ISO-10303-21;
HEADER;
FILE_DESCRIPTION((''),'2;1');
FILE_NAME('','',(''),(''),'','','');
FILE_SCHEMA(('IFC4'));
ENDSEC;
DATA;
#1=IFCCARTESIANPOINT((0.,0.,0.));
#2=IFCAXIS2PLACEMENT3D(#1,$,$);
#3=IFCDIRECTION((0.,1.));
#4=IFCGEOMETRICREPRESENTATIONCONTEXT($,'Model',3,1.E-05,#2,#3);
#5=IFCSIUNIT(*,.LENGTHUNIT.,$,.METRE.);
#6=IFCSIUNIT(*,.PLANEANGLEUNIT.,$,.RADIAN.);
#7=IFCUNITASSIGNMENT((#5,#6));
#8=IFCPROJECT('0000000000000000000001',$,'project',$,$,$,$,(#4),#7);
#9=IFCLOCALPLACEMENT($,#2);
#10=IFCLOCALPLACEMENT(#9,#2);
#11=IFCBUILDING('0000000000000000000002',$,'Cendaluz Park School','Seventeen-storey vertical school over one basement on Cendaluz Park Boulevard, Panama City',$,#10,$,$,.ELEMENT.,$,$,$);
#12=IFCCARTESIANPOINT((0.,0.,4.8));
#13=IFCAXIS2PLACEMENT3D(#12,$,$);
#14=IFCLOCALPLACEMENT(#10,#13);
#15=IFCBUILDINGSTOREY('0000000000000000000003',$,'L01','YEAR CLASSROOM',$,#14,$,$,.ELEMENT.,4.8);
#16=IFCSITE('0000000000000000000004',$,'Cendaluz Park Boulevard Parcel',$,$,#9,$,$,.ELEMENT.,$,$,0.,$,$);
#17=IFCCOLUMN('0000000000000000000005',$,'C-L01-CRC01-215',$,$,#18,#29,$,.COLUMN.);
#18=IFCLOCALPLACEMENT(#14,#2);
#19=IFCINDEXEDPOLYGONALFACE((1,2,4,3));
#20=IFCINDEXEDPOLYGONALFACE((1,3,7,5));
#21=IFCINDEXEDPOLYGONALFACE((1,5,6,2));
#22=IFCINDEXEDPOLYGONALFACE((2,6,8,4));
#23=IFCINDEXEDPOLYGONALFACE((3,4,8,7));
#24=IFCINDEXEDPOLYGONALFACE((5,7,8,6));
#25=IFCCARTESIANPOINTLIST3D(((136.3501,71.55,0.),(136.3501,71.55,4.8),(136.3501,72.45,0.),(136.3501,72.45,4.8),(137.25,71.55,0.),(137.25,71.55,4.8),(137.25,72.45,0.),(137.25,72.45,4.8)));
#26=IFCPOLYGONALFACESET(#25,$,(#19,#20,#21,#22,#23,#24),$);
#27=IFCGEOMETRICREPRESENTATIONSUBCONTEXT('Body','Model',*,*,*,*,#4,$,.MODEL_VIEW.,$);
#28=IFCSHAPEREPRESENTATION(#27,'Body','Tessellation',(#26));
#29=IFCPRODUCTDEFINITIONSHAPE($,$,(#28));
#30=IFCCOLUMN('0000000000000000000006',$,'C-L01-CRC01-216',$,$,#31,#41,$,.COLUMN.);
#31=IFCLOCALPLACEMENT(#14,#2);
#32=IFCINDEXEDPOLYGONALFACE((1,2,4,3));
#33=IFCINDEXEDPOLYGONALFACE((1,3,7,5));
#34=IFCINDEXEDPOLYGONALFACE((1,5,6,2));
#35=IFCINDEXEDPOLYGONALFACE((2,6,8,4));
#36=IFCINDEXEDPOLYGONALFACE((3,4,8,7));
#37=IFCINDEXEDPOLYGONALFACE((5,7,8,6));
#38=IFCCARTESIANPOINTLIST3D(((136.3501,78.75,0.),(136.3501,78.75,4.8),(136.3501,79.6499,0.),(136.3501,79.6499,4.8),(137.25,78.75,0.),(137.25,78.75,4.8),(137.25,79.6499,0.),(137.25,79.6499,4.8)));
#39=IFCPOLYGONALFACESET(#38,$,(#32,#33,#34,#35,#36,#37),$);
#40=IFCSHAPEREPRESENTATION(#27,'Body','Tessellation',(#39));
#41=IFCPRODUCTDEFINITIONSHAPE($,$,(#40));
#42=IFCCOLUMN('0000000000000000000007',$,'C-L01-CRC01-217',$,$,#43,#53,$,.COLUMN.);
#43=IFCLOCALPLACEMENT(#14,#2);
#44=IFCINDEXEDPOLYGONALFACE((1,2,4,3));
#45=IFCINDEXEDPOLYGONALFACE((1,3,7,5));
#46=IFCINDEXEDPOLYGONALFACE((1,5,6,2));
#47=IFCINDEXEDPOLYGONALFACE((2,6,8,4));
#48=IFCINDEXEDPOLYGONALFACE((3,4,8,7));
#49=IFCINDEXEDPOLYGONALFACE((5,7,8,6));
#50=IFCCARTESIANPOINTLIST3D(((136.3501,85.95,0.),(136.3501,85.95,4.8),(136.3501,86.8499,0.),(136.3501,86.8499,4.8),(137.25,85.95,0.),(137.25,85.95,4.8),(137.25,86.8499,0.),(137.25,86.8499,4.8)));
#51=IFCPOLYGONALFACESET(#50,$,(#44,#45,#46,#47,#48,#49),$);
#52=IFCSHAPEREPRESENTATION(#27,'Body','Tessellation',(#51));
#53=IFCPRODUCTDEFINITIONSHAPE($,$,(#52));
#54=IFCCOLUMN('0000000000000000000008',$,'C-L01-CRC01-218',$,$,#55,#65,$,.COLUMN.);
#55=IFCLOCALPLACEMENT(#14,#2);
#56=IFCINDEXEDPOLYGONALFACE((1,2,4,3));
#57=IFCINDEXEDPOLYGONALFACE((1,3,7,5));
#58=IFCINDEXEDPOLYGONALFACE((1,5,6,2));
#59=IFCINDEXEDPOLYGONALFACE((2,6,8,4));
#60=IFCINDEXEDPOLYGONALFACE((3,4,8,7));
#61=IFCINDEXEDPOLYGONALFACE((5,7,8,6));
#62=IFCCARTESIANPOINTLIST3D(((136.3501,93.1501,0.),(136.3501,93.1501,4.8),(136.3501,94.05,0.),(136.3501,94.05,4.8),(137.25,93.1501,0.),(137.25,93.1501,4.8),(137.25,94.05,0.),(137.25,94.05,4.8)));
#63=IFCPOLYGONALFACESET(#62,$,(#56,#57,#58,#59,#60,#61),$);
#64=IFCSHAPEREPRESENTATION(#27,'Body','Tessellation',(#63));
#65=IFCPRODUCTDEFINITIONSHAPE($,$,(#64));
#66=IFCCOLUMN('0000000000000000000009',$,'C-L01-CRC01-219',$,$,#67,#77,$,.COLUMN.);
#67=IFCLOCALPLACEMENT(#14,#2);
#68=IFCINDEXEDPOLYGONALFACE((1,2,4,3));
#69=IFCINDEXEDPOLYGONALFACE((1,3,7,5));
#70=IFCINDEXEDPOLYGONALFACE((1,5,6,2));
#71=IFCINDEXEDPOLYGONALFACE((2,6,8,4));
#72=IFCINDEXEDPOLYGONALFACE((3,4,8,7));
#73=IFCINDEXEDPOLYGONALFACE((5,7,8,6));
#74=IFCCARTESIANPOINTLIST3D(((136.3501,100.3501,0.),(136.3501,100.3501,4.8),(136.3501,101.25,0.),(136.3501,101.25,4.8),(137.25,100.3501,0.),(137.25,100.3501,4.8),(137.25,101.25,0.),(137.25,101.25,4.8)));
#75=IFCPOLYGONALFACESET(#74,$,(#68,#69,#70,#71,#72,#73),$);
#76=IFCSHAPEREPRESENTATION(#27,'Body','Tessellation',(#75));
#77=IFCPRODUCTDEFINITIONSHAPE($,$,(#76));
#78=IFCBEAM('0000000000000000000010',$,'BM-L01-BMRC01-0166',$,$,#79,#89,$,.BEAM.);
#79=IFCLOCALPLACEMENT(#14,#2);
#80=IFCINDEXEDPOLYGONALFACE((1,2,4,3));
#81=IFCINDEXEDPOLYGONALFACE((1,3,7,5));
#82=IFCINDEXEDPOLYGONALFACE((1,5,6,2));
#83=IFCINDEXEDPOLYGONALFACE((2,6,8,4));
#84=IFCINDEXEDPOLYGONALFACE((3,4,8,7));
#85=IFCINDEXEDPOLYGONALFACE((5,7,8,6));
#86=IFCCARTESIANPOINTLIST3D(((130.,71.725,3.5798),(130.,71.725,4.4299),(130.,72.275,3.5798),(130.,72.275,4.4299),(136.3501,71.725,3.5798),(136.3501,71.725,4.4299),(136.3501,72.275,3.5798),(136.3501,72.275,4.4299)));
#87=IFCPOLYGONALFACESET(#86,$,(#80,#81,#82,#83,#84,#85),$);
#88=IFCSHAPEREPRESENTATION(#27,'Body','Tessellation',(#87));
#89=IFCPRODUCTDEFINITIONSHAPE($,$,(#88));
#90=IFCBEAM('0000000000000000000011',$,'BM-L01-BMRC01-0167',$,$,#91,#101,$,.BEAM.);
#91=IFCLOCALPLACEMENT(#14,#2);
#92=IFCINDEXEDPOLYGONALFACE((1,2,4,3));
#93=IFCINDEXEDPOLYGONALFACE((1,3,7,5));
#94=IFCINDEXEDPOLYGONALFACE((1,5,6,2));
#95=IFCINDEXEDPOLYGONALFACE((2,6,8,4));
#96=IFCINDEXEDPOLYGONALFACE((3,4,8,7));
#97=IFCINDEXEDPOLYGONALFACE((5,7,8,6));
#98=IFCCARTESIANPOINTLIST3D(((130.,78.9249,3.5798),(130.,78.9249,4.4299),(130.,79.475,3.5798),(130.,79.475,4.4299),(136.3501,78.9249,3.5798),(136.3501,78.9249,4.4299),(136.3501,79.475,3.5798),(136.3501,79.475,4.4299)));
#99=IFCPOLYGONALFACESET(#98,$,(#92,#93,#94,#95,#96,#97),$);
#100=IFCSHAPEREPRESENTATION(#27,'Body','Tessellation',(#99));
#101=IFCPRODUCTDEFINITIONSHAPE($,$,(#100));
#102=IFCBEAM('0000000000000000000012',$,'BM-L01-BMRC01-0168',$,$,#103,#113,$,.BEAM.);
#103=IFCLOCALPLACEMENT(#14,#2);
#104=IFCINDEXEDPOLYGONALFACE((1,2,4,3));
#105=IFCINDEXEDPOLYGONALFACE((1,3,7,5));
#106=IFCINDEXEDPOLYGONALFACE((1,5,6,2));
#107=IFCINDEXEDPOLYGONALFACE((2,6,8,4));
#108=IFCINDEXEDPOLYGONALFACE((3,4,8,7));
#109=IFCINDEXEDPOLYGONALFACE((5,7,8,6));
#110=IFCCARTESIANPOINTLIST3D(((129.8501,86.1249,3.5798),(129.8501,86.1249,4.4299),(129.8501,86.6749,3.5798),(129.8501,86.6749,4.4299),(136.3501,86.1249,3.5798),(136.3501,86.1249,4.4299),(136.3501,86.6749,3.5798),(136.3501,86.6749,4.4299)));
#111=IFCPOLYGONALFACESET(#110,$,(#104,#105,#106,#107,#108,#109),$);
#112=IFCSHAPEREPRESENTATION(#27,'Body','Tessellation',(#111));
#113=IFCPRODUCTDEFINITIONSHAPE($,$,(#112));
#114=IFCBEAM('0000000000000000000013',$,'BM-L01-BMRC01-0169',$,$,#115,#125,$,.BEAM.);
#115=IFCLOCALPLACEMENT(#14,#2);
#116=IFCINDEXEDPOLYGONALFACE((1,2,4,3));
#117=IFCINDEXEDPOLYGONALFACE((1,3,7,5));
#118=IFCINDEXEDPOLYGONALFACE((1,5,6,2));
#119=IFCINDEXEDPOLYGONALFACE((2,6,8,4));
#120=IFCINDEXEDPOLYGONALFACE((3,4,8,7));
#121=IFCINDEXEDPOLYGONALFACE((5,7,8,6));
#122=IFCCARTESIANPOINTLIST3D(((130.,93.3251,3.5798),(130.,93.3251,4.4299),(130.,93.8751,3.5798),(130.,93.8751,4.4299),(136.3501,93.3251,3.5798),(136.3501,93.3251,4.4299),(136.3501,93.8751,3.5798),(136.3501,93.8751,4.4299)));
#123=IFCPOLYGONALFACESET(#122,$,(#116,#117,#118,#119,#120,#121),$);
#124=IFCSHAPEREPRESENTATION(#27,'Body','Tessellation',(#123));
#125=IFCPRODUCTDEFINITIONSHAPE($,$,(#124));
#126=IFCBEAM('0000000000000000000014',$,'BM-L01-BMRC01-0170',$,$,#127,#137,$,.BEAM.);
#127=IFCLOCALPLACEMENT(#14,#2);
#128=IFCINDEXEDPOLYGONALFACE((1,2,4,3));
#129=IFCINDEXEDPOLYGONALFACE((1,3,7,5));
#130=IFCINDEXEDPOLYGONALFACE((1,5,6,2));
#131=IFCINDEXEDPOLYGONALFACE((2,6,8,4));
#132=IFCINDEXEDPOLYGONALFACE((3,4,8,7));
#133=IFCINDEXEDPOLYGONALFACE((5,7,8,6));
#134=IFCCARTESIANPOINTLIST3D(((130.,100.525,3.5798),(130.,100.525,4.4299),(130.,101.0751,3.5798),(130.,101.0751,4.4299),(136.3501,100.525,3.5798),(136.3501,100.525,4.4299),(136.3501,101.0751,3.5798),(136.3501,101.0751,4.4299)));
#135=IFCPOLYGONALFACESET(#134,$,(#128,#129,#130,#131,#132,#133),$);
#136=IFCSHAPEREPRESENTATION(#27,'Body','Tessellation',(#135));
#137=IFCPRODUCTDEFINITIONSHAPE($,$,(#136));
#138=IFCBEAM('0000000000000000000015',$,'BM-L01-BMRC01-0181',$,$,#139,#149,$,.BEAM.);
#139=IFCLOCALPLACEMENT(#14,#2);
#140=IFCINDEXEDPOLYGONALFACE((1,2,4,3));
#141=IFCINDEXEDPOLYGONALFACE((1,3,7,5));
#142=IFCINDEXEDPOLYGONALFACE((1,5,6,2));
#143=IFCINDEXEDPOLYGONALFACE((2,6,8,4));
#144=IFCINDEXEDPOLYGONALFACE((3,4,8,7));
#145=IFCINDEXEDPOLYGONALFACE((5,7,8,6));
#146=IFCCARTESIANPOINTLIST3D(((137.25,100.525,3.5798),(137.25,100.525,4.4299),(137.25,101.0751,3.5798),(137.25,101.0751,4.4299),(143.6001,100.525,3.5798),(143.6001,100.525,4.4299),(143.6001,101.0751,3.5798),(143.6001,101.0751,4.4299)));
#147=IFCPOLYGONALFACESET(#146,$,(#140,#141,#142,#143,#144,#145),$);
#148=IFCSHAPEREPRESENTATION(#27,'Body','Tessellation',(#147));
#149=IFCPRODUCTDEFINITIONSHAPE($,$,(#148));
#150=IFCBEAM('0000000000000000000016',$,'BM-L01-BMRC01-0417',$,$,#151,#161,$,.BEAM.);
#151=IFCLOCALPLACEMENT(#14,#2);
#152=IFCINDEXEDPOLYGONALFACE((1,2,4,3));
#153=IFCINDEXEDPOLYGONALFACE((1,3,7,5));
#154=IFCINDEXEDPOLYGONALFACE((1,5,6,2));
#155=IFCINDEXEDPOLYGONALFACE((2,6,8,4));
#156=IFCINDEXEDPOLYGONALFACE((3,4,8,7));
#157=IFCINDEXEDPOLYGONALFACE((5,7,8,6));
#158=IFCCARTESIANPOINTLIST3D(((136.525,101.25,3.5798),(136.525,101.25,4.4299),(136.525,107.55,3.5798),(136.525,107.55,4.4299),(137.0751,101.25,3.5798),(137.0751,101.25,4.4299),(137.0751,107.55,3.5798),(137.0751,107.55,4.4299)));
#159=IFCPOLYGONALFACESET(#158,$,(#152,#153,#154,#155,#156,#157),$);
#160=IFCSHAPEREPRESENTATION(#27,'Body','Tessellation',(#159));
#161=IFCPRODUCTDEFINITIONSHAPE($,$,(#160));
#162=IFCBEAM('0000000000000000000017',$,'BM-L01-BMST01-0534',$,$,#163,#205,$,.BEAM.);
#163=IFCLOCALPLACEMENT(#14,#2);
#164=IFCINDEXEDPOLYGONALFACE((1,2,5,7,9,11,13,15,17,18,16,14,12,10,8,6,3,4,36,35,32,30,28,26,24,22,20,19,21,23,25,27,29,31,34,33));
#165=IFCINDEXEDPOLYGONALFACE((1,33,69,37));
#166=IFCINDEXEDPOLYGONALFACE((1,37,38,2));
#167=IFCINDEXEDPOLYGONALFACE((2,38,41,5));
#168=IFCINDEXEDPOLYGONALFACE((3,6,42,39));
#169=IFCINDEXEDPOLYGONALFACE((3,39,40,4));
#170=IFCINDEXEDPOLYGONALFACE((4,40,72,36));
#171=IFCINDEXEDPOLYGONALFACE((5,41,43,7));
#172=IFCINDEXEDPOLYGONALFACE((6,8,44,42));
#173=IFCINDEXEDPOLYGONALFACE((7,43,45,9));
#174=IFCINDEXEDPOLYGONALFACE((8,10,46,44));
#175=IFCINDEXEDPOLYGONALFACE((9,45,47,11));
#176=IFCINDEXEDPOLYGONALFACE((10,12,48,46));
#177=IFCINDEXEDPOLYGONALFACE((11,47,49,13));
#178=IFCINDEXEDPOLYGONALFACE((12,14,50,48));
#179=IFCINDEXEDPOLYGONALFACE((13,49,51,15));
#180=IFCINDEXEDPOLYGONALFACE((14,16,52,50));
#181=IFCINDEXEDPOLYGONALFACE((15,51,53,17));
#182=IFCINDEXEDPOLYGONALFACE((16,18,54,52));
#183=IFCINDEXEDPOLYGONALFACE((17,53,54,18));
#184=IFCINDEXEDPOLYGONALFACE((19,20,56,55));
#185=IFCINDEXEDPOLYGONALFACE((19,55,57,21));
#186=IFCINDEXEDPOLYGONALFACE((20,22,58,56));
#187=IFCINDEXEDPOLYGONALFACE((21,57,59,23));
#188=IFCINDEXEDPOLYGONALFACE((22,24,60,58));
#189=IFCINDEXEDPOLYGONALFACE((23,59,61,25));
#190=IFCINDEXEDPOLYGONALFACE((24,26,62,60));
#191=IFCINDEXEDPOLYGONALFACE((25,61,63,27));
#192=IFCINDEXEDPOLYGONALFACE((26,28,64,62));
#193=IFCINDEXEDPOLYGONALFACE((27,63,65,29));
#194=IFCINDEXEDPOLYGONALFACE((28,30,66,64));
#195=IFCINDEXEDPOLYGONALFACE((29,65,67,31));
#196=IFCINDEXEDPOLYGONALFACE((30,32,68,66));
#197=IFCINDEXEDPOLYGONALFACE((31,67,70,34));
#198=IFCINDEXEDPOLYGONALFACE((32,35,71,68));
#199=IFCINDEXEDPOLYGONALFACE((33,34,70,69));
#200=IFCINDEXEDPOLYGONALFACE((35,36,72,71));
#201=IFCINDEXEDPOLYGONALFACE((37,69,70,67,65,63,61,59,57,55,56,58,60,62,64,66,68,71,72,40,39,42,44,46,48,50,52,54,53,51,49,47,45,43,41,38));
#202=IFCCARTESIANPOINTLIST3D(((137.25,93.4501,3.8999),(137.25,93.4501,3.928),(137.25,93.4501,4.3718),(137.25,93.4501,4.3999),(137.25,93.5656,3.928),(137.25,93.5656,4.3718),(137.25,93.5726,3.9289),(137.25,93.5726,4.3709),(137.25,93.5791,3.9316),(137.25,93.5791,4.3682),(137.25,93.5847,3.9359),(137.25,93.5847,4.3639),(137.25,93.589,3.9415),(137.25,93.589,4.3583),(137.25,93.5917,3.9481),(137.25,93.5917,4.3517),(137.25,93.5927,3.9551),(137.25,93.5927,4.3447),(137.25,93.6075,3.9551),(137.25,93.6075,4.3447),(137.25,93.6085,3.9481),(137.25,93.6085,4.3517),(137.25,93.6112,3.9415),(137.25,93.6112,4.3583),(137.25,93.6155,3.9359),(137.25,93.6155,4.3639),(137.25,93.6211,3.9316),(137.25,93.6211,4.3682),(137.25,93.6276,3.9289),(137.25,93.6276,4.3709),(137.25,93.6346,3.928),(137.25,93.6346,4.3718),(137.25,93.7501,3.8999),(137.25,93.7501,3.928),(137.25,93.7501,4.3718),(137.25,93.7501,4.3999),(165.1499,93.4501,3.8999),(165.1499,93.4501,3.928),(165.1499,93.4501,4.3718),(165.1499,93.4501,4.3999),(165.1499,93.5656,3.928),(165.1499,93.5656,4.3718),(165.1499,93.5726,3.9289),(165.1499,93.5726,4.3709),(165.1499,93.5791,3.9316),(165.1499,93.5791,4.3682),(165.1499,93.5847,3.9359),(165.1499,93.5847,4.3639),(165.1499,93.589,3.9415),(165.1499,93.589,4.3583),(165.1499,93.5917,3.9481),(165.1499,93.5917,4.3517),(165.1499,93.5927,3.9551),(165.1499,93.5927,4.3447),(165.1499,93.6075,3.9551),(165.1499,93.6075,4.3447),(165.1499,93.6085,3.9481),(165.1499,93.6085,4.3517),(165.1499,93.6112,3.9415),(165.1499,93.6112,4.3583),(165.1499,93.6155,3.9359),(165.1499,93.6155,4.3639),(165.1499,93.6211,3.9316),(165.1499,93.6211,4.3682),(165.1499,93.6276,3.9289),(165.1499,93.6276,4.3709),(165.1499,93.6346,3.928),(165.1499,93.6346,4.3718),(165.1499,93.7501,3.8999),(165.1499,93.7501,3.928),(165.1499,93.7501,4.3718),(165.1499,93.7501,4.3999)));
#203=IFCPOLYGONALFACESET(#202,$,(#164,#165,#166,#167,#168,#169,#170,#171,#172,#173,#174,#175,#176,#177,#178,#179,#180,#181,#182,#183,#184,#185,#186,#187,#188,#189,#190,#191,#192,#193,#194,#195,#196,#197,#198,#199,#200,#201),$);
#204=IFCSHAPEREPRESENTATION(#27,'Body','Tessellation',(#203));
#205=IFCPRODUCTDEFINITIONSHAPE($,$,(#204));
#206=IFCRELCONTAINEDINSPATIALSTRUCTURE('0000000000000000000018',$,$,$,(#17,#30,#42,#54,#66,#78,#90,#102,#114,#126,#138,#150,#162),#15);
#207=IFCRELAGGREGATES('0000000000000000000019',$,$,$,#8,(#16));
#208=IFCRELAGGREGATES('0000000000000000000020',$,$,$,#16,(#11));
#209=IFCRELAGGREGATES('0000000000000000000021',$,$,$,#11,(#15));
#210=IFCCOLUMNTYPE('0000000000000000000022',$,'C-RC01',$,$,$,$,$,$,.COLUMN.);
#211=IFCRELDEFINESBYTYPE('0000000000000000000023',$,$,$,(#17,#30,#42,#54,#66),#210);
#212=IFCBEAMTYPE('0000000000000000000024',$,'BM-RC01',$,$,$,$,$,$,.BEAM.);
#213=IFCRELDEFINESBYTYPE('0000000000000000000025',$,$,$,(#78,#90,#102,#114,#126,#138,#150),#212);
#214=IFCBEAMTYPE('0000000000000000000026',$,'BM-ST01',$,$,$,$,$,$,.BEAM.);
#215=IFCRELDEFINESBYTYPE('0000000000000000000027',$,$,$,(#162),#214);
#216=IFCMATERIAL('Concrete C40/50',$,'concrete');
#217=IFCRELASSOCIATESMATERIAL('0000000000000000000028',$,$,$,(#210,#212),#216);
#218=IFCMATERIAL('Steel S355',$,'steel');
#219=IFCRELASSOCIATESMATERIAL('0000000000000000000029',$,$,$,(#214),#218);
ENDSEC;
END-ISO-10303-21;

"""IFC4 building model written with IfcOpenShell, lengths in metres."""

from ifc_helpers import new_model, si_unit, direction, frame, origin, origin_2d, place, context, subcontext, project, spatial, rectangle, i_section, extrude, material, material_profile, profile_set, type_object, element, save


model = new_model("IFC4")

# Units and contexts
model_context = context("Model", 3, precision=1e-05, world=origin(), true_north=direction((0.0, 1.0)))
body_context = subcontext(model_context, "Body", "Model", "MODEL_VIEW")
ifc_project = project(units=[si_unit("LENGTHUNIT", "METRE"), si_unit("PLANEANGLEUNIT", "RADIAN")], contexts=[model_context])

# Site, building, storey
site_placement = place(None, origin())
site = spatial("IfcSite", under=ifc_project, at=site_placement, Name="Cendaluz Park Boulevard Parcel", CompositionType="ELEMENT", RefElevation=0.0)
building_placement = place(site_placement, origin())
building = spatial("IfcBuilding", under=site, at=building_placement, Name="Cendaluz Park School", Description="Seventeen-storey vertical school over one basement on Cendaluz Park Boulevard, Panama City", CompositionType="ELEMENT")
storey_placement = place(building_placement, frame((0.0, 0.0, 4.8)))
storey = spatial("IfcBuildingStorey", under=building, at=storey_placement, Name="L01", Description="YEAR CLASSROOM", CompositionType="ELEMENT", Elevation=4.8)

# Columns
ifc_material_1 = material(Name="Concrete C40/50", Category="concrete")
ifc_material_profile_1 = material_profile(ifc_material_1, rectangle(XDim=0.8999, YDim=0.8999, at=origin_2d()), Name="RC 900x900", Category="concrete")
ifc_profile_set_1 = profile_set([ifc_material_profile_1], Name="Concrete C40/50")
column_type = type_object("IfcColumnType", Name="C-RC01", PredefinedType="COLUMN", material=ifc_profile_set_1)
for number, where, z_axis, x_axis, name in (
    (1, (136.8, 72.0, 0.0), (0.0, 0.0, 1.0), (1.0, 0.0, 0.0), "C-L01-CRC01-215"),
    (2, (136.8, 79.2, 0.0), (0.0, 0.0, 1.0), (1.0, 0.0, 0.0), "C-L01-CRC01-216"),
    (3, (136.8, 86.3999, 0.0), (0.0, 0.0, 1.0), (1.0, 0.0, 0.0), "C-L01-CRC01-217"),
    (4, (136.8, 93.6001, 0.0), (0.0, 0.0, 1.0), (1.0, 0.0, 0.0), "C-L01-CRC01-218"),
    (5, (136.8, 100.8, 0.0), (0.0, 0.0, 1.0), (1.0, 0.0, 0.0), "C-L01-CRC01-219"),
):
    element("IfcColumn", number, at=place(storey_placement, frame(where, z_axis=z_axis, x_axis=x_axis)), inside=storey, type_object=column_type, Name=name, PredefinedType="COLUMN", context=body_context, shape_type="SweptSolid", body=[
        extrude(rectangle(XDim=0.8999, YDim=0.8999, at=origin_2d()), origin(), (0.0, 0.0, 1.0), 4.8),
    ])

# Beams
ifc_material_profile_2 = material_profile(ifc_material_1, rectangle(XDim=0.55, YDim=0.8501, at=origin_2d()), Name="RC 550x850", Category="concrete")
ifc_profile_set_2 = profile_set([ifc_material_profile_2], Name="Concrete C40/50")
beam_type_1 = type_object("IfcBeamType", Name="BM-RC01", PredefinedType="BEAM", material=ifc_profile_set_2)
for number, where, z_axis, x_axis, name in (
    (6, (130.0, 72.0, 4.0049), (1.0, 0.0, 0.0), (0.0, 1.0, 0.0), "BM-L01-BMRC01-0166"),
    (7, (130.0, 79.2, 4.0049), (1.0, 0.0, 0.0), (0.0, 1.0, 0.0), "BM-L01-BMRC01-0167"),
):
    element("IfcBeam", number, at=place(storey_placement, frame(where, z_axis=z_axis, x_axis=x_axis)), inside=storey, type_object=beam_type_1, Name=name, PredefinedType="BEAM", context=body_context, shape_type="SweptSolid", body=[
        extrude(rectangle(XDim=0.55, YDim=0.8501, at=origin_2d()), origin(), (0.0, 0.0, 1.0), 6.3501),
    ])
beam_1_placement = place(storey_placement, frame((129.8501, 86.3999, 4.0049), z_axis=(1.0, 0.0, 0.0), x_axis=(0.0, 1.0, 0.0)))
element("IfcBeam", 8, at=beam_1_placement, inside=storey, type_object=beam_type_1, Name="BM-L01-BMRC01-0168", PredefinedType="BEAM", context=body_context, shape_type="SweptSolid", body=[
    extrude(rectangle(XDim=0.55, YDim=0.8501, at=origin_2d()), origin(), (0.0, 0.0, 1.0), 6.5),
])
for number, where, z_axis, x_axis, name in (
    (9, (130.0, 93.6001, 4.0049), (1.0, 0.0, 0.0), (0.0, 1.0, 0.0), "BM-L01-BMRC01-0169"),
    (10, (130.0, 100.8, 4.0049), (1.0, 0.0, 0.0), (0.0, 1.0, 0.0), "BM-L01-BMRC01-0170"),
    (11, (137.25, 100.8, 4.0049), (1.0, 0.0, 0.0), (0.0, 1.0, 0.0), "BM-L01-BMRC01-0181"),
):
    element("IfcBeam", number, at=place(storey_placement, frame(where, z_axis=z_axis, x_axis=x_axis)), inside=storey, type_object=beam_type_1, Name=name, PredefinedType="BEAM", context=body_context, shape_type="SweptSolid", body=[
        extrude(rectangle(XDim=0.55, YDim=0.8501, at=origin_2d()), origin(), (0.0, 0.0, 1.0), 6.3501),
    ])
beam_2_placement = place(storey_placement, frame((136.8, 101.25, 4.0049), z_axis=(0.0, 1.0, 0.0), x_axis=(-1.0, 0.0, 0.0)))
element("IfcBeam", 12, at=beam_2_placement, inside=storey, type_object=beam_type_1, Name="BM-L01-BMRC01-0417", PredefinedType="BEAM", context=body_context, shape_type="SweptSolid", body=[
    extrude(rectangle(XDim=0.55, YDim=0.8501, at=origin_2d()), origin(), (0.0, 0.0, 1.0), 6.3),
])
ifc_material_2 = material(Name="Steel S355", Category="steel")
ifc_material_profile_3 = material_profile(ifc_material_2, i_section(OverallWidth=0.3, OverallDepth=0.5, WebThickness=0.0149, FlangeThickness=0.0281, FilletRadius=0.0271, at=origin_2d()), Name="HEB 500", Category="steel")
ifc_profile_set_3 = profile_set([ifc_material_profile_3], Name="Steel S355")
beam_type_2 = type_object("IfcBeamType", Name="BM-ST01", PredefinedType="BEAM", material=ifc_profile_set_3)
beam_3_placement = place(storey_placement, frame((137.25, 93.6001, 4.1499), z_axis=(1.0, 0.0, 0.0), x_axis=(0.0, 1.0, 0.0)))
element("IfcBeam", 13, at=beam_3_placement, inside=storey, type_object=beam_type_2, Name="BM-L01-BMST01-0534", PredefinedType="BEAM", context=body_context, shape_type="SweptSolid", body=[
    extrude(i_section(OverallWidth=0.3, OverallDepth=0.5, WebThickness=0.0149, FlangeThickness=0.0281, FilletRadius=0.0271, at=origin_2d()), origin(), (0.0, 0.0, 1.0), 27.8999),
])

save(model, "model.ifc")
